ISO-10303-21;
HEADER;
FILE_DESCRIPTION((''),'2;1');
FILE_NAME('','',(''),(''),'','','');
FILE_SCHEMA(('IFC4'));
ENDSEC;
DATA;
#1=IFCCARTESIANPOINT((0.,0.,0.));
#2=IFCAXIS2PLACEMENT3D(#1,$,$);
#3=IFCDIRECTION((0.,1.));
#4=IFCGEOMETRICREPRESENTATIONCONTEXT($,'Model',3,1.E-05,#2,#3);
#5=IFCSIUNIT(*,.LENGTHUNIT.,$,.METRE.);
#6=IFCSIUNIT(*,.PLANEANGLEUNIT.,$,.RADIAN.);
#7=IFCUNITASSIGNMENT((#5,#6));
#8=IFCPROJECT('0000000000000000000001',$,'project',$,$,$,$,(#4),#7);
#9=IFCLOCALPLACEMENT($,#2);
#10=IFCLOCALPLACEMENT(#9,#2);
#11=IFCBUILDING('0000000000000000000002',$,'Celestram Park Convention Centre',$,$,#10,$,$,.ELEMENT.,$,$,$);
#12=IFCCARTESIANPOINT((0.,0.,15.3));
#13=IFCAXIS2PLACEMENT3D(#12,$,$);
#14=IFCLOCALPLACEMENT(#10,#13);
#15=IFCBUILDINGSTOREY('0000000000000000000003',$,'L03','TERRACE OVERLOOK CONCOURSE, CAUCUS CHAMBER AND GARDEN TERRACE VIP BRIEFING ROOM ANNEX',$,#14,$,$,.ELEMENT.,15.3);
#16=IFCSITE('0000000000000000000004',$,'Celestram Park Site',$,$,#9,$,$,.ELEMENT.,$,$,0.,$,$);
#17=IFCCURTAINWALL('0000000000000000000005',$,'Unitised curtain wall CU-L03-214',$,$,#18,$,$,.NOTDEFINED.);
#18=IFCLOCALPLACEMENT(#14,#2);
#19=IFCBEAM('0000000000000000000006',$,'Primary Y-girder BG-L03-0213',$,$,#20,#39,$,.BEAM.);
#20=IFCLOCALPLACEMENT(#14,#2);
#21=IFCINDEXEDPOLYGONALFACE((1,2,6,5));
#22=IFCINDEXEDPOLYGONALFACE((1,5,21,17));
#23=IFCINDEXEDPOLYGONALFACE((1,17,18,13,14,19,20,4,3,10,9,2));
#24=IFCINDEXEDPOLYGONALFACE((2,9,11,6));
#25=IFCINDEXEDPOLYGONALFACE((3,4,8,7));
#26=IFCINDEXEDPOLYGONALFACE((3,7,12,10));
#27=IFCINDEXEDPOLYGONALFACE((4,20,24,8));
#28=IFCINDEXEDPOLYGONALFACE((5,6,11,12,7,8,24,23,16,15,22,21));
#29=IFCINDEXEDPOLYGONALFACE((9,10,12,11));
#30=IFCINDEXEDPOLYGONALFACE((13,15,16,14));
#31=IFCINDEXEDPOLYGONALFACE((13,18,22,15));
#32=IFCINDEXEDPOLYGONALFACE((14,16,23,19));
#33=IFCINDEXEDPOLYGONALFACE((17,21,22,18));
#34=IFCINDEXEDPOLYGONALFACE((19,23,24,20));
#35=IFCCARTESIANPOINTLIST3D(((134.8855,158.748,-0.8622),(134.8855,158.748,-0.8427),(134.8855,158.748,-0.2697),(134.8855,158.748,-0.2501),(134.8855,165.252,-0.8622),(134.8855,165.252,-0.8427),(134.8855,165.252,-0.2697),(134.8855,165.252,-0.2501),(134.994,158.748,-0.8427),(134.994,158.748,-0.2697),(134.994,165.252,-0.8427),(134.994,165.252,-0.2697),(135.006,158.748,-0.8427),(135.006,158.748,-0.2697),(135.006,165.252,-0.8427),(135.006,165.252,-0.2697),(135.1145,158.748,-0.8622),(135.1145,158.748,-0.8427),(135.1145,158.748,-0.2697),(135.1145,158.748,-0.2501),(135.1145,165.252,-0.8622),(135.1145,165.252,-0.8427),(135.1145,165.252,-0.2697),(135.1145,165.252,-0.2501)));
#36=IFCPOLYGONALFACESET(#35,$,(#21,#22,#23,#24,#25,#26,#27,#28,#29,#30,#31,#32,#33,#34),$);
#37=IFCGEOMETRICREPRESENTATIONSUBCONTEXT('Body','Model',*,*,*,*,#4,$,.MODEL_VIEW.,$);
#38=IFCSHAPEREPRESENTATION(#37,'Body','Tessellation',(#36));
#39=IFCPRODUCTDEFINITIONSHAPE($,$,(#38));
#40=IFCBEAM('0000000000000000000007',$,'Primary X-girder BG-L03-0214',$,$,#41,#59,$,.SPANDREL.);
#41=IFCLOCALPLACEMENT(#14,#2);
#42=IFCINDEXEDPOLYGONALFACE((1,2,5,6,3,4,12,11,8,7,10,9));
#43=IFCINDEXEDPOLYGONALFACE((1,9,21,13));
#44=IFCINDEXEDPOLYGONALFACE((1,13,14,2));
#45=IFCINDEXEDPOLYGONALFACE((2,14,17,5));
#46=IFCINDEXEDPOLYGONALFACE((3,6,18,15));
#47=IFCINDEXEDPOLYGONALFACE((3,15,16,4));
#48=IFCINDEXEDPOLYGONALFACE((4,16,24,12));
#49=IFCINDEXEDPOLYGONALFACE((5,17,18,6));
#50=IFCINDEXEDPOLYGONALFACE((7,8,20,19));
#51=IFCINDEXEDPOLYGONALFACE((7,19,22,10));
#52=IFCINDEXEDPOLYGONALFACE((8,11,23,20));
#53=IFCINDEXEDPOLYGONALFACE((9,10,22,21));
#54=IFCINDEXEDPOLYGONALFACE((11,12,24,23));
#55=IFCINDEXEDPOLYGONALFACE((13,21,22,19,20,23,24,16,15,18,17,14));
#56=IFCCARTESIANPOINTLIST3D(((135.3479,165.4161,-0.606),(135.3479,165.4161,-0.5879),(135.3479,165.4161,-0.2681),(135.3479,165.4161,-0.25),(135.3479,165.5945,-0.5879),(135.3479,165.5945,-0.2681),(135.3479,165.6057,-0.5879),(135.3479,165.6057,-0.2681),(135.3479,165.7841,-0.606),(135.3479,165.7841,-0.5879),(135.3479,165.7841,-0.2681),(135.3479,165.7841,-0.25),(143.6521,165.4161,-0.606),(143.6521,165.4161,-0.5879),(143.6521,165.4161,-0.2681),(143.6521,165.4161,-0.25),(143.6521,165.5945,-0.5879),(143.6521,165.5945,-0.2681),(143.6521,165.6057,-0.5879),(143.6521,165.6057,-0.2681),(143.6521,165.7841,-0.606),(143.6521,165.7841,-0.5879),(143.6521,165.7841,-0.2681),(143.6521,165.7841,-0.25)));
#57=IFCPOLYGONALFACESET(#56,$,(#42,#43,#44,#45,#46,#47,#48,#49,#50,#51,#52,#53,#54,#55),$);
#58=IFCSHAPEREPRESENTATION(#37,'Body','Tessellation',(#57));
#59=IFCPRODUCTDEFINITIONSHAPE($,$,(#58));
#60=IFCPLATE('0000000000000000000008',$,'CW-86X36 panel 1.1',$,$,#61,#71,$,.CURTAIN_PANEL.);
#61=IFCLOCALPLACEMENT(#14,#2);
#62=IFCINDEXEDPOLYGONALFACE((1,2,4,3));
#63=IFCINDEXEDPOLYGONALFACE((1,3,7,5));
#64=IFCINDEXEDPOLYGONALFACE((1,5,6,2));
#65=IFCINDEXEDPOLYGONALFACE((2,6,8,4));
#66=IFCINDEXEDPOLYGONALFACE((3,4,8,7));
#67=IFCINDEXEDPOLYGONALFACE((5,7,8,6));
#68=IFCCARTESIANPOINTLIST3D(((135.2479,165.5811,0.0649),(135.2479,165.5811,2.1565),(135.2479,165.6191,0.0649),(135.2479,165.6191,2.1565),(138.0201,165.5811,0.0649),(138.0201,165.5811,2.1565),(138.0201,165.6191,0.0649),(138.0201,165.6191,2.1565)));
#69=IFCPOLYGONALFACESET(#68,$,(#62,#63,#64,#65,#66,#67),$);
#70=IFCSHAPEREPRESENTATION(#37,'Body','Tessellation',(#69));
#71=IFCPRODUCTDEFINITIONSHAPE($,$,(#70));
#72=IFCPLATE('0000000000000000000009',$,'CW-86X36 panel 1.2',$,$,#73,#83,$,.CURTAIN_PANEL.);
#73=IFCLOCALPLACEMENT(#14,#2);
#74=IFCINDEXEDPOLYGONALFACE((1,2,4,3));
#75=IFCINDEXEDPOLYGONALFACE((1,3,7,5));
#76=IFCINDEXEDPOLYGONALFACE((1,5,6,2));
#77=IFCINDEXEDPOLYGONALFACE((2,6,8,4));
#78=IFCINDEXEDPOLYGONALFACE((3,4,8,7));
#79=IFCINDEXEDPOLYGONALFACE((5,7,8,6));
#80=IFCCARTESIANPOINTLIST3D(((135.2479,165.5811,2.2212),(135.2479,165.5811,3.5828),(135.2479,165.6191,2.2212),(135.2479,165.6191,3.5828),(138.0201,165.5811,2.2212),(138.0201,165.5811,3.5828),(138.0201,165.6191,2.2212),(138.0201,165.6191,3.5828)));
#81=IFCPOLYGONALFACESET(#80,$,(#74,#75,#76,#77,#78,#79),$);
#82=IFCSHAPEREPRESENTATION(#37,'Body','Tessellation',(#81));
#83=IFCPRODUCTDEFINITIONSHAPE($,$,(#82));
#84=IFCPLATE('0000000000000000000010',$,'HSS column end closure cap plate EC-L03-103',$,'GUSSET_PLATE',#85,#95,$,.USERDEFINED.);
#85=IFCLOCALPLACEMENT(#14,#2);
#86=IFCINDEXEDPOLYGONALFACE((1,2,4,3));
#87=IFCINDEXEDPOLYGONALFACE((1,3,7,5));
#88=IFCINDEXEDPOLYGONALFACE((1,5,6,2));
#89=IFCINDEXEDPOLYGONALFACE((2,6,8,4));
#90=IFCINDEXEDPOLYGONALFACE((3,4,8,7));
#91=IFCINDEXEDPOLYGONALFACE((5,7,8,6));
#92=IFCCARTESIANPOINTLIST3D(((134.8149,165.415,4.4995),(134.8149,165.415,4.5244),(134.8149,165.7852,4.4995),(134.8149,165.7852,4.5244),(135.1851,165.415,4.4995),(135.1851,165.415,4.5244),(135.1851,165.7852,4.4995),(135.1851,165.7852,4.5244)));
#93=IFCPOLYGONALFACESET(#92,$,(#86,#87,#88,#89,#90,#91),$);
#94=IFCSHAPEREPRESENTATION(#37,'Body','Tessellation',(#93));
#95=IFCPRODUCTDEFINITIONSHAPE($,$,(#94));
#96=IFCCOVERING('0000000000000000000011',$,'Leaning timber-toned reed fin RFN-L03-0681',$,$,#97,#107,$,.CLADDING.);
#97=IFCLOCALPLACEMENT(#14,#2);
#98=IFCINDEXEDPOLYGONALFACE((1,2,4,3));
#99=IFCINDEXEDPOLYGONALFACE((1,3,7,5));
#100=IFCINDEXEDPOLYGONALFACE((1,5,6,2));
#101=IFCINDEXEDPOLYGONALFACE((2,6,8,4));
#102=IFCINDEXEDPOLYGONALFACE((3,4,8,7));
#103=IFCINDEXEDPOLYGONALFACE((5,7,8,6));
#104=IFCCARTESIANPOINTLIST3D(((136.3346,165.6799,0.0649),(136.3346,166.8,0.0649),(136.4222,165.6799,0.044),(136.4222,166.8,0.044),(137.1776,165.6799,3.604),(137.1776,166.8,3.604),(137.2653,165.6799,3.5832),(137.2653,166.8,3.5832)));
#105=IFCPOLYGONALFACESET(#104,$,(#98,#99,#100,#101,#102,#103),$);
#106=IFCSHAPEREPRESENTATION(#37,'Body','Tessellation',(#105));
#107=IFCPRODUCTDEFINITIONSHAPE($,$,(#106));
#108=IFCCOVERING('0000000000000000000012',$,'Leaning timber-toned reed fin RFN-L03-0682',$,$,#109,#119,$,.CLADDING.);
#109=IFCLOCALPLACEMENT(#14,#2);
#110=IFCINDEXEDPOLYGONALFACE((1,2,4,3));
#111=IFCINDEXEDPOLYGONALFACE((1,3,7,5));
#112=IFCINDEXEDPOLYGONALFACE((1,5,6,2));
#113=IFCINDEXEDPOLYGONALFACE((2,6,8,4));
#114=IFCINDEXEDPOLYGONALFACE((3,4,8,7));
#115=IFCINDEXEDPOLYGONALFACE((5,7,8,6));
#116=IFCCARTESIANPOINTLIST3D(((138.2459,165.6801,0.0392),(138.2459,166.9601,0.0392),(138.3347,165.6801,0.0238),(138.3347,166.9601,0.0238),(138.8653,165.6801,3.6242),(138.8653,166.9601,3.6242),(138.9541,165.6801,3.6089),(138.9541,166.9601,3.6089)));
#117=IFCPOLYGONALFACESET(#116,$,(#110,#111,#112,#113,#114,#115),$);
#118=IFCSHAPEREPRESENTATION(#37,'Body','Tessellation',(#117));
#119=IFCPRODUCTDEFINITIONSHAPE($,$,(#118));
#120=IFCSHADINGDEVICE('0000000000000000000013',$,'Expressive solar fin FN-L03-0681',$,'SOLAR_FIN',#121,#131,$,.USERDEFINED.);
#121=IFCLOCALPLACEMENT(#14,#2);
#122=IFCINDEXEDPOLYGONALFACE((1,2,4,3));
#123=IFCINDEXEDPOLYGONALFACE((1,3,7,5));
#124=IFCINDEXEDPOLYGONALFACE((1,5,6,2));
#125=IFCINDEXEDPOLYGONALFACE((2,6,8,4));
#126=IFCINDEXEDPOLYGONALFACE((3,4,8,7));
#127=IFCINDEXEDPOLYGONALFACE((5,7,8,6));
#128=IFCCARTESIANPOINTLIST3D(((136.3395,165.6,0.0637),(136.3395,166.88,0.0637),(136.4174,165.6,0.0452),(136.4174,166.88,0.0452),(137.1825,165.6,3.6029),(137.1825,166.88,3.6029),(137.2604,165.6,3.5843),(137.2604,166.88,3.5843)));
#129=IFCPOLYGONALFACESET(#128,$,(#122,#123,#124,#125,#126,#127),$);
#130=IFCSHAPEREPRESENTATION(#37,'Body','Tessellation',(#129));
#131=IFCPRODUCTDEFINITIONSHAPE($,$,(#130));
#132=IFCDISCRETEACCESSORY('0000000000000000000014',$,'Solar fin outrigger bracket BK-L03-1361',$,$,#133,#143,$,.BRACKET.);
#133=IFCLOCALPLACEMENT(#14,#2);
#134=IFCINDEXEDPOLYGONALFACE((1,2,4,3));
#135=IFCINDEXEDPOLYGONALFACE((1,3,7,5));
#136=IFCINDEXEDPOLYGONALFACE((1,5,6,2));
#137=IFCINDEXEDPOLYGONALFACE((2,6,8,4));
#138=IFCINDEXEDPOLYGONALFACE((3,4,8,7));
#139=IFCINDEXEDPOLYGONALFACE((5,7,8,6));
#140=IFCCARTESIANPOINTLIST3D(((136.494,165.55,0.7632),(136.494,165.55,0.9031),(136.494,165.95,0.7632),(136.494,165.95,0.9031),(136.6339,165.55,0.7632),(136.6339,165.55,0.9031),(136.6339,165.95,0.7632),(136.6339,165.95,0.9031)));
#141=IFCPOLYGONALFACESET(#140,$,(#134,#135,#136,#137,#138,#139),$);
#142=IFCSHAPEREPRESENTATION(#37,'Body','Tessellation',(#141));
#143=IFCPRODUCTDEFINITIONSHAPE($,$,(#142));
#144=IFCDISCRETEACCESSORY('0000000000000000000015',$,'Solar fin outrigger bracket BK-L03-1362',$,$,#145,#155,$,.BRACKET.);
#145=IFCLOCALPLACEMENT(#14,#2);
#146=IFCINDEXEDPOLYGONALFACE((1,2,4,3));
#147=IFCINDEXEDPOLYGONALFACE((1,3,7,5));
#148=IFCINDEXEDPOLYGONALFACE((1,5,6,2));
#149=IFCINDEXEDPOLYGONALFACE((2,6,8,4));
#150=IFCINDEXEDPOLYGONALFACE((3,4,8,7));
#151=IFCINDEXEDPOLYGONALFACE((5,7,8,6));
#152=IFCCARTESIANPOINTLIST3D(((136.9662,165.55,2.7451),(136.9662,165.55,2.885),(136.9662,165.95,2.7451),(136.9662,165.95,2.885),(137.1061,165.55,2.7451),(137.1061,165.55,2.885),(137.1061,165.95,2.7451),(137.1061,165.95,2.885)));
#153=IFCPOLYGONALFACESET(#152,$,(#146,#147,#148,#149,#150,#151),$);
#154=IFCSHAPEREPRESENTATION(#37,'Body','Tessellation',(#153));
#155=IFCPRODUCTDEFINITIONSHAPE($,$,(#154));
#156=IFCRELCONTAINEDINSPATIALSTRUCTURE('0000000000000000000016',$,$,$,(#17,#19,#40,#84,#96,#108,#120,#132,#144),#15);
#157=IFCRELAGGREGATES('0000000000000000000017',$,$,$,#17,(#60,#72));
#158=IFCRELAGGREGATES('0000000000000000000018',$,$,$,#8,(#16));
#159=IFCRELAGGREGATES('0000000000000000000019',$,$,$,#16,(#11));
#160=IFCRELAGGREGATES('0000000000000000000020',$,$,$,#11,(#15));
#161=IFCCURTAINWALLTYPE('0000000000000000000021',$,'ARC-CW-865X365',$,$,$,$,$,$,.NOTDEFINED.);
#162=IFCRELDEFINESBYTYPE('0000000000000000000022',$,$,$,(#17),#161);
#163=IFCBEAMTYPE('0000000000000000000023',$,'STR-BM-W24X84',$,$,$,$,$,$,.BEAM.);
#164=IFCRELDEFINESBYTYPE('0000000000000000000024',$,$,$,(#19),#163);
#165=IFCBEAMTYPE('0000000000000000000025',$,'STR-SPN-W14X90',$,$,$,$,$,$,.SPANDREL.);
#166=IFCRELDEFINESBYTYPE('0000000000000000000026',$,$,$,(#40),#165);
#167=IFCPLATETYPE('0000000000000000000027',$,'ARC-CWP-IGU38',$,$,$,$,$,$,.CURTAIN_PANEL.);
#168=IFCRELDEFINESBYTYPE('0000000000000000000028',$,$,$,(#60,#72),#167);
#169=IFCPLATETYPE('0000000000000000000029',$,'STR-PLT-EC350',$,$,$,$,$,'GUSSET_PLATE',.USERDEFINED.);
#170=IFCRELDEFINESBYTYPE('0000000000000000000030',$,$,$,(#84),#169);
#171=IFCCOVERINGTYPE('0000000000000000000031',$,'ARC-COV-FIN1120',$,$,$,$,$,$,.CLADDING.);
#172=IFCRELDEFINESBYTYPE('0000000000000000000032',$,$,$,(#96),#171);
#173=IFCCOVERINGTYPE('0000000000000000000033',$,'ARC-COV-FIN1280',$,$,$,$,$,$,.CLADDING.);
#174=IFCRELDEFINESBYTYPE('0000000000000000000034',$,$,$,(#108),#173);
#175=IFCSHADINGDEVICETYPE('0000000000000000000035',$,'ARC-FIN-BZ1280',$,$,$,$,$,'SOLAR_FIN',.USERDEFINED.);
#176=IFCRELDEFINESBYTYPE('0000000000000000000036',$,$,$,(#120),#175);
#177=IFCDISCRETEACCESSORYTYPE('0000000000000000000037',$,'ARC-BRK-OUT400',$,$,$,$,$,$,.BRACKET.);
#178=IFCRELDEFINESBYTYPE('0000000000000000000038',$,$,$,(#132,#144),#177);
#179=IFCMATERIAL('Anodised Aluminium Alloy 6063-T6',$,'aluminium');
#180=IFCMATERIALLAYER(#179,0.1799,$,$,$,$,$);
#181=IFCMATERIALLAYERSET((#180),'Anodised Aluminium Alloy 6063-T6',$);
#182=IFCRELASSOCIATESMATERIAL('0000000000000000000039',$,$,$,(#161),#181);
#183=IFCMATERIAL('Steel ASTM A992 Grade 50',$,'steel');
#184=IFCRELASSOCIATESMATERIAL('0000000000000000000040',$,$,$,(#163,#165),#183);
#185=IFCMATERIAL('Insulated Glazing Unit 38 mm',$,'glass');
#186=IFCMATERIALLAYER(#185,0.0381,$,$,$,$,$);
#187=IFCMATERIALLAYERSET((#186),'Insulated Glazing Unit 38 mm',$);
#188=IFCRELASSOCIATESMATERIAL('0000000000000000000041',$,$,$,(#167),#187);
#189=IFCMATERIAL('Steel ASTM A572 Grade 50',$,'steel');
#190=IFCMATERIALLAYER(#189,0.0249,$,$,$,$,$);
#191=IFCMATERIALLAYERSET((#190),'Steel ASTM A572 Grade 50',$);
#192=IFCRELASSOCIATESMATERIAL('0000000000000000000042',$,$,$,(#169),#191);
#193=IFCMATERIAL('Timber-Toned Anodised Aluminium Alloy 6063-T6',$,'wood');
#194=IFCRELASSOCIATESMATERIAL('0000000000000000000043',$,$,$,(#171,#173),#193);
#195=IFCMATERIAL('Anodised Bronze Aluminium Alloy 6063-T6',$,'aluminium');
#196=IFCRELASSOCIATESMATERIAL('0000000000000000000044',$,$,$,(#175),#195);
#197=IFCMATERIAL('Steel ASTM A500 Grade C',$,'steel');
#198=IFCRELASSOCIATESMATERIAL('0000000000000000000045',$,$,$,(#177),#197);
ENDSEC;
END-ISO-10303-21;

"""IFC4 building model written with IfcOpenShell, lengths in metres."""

from ifc_helpers import new_model, si_unit, direction, frame, origin, origin_2d, place, context, subcontext, project, spatial, rectangle, i_section, extrude, material, layer, layer_set, material_profile, profile_set, type_object, element, aggregate, save


model = new_model("IFC4")

# Units and contexts
model_context = context("Model", 3, precision=1e-05, world=origin(), true_north=direction((0.0, 1.0)))
body_context = subcontext(model_context, "Body", "Model", "MODEL_VIEW")
ifc_project = project(units=[si_unit("LENGTHUNIT", "METRE"), si_unit("PLANEANGLEUNIT", "RADIAN")], contexts=[model_context])

# Site, building, storey
site_placement = place(None, origin())
site = spatial("IfcSite", under=ifc_project, at=site_placement, Name="Celestram Park Site", CompositionType="ELEMENT", RefElevation=0.0)
building_placement = place(site_placement, origin())
building = spatial("IfcBuilding", under=site, at=building_placement, Name="Celestram Park Convention Centre", CompositionType="ELEMENT")
storey_placement = place(building_placement, frame((0.0, 0.0, 15.3)))
storey = spatial("IfcBuildingStorey", under=building, at=storey_placement, Name="L03", Description="TERRACE OVERLOOK CONCOURSE, CAUCUS CHAMBER AND GARDEN TERRACE VIP BRIEFING ROOM ANNEX", CompositionType="ELEMENT", Elevation=15.3)

# Shared definitions
ifc_material_1 = material(Name="Steel ASTM A500 Grade C", Category="steel")

# Shared definitions
ifc_material_2 = material(Name="Anodised Aluminium Alloy 6063-T6", Category="aluminium")
ifc_layer_1 = layer(ifc_material_2, 0.1799)
ifc_layer_set_1 = layer_set([ifc_layer_1], Name="Anodised Aluminium Alloy 6063-T6")
curtain_wall_type = type_object("IfcCurtainWallType", Name="ARC-CW-865X365", PredefinedType="NOTDEFINED", material=ifc_layer_set_1)

# Curtain wall
curtain_wall_1_placement = place(storey_placement, origin())
curtain_wall_1 = element("IfcCurtainWall", 1, at=curtain_wall_1_placement, inside=storey, type_object=curtain_wall_type, Name="Unitised curtain wall CU-L03-214", PredefinedType="NOTDEFINED")

# Beams
ifc_material_3 = material(Name="Steel ASTM A992 Grade 50", Category="steel")
ifc_material_profile_1 = material_profile(ifc_material_3, i_section(OverallWidth=0.229, OverallDepth=0.6121, WebThickness=0.012, FlangeThickness=0.0195, at=origin_2d()), Name="W24X84")
ifc_profile_set_1 = profile_set([ifc_material_profile_1], Name="Steel ASTM A992 Grade 50")
beam_type_1 = type_object("IfcBeamType", Name="STR-BM-W24X84", PredefinedType="BEAM", material=ifc_profile_set_1)
beam_1_placement = place(storey_placement, frame((135.0, 158.748, -0.5562), z_axis=(0.0, 1.0, 0.0), x_axis=(-1.0, 0.0, 0.0)))
element("IfcBeam", 2, at=beam_1_placement, inside=storey, type_object=beam_type_1, Name="Primary Y-girder BG-L03-0213", PredefinedType="BEAM", context=body_context, shape_type="SweptSolid", body=[
    extrude(i_section(OverallWidth=0.229, OverallDepth=0.6121, WebThickness=0.012, FlangeThickness=0.0195, at=origin_2d()), origin(), (0.0, 0.0, 1.0), 6.5039),
])
ifc_material_profile_2 = material_profile(ifc_material_3, i_section(OverallWidth=0.3679, OverallDepth=0.356, WebThickness=0.0112, FlangeThickness=0.0181, at=origin_2d()), Name="W14X90")
ifc_profile_set_2 = profile_set([ifc_material_profile_2], Name="Steel ASTM A992 Grade 50")
beam_type_2 = type_object("IfcBeamType", Name="STR-SPN-W14X90", PredefinedType="SPANDREL", material=ifc_profile_set_2)
beam_2_placement = place(storey_placement, frame((135.3479, 165.6001, -0.428), z_axis=(1.0, 0.0, 0.0), x_axis=(0.0, 1.0, 0.0)))
element("IfcBeam", 3, at=beam_2_placement, inside=storey, type_object=beam_type_2, Name="Primary X-girder BG-L03-0214", PredefinedType="SPANDREL", context=body_context, shape_type="SweptSolid", body=[
    extrude(i_section(OverallWidth=0.3679, OverallDepth=0.356, WebThickness=0.0112, FlangeThickness=0.0181, at=origin_2d()), origin(), (0.0, 0.0, 1.0), 8.3042),
])

# Plates
ifc_material_4 = material(Name="Insulated Glazing Unit 38 mm", Category="glass")
ifc_layer_2 = layer(ifc_material_4, 0.0381)
ifc_layer_set_2 = layer_set([ifc_layer_2], Name="Insulated Glazing Unit 38 mm")
plate_type_1 = type_object("IfcPlateType", Name="ARC-CWP-IGU38", PredefinedType="CURTAIN_PANEL", material=ifc_layer_set_2)
plate_1_placement = place(storey_placement, frame((136.634, 165.6001, 0.0649), z_axis=(0.0, 0.0, 1.0), x_axis=(1.0, 0.0, 0.0)))
plate_1 = element("IfcPlate", 4, at=plate_1_placement, type_object=plate_type_1, Name="CW-86X36 panel 1.1", PredefinedType="CURTAIN_PANEL", context=body_context, shape_type="SweptSolid", body=[
    extrude(rectangle(XDim=2.7722, YDim=0.0381, at=origin_2d()), origin(), (0.0, 0.0, 1.0), 2.0916),
])
plate_2_placement = place(storey_placement, frame((136.634, 165.6001, 2.2212), z_axis=(0.0, 0.0, 1.0), x_axis=(1.0, 0.0, 0.0)))
plate_2 = element("IfcPlate", 5, at=plate_2_placement, type_object=plate_type_1, Name="CW-86X36 panel 1.2", PredefinedType="CURTAIN_PANEL", context=body_context, shape_type="SweptSolid", body=[
    extrude(rectangle(XDim=2.7722, YDim=0.0381, at=origin_2d()), origin(), (0.0, 0.0, 1.0), 1.3616),
])
aggregate(curtain_wall_1, [plate_1, plate_2])
ifc_material_5 = material(Name="Steel ASTM A572 Grade 50", Category="steel")
ifc_layer_3 = layer(ifc_material_5, 0.0249)
ifc_layer_set_3 = layer_set([ifc_layer_3], Name="Steel ASTM A572 Grade 50")
plate_type_2 = type_object("IfcPlateType", Name="STR-PLT-EC350", ElementType="GUSSET_PLATE", PredefinedType="USERDEFINED", material=ifc_layer_set_3)
plate_3_placement = place(storey_placement, frame((135.0, 165.6001, 4.4995), z_axis=(0.0, 0.0, 1.0), x_axis=(1.0, 0.0, 0.0)))
element("IfcPlate", 6, at=plate_3_placement, inside=storey, type_object=plate_type_2, Name="HSS column end closure cap plate EC-L03-103", ObjectType="GUSSET_PLATE", PredefinedType="USERDEFINED", context=body_context, shape_type="SweptSolid", body=[
    extrude(rectangle(XDim=0.3701, YDim=0.3701, at=origin_2d()), origin(), (0.0, 0.0, 1.0), 0.0249),
])

# Coverings
ifc_material_6 = material(Name="Timber-Toned Anodised Aluminium Alloy 6063-T6", Category="wood")
ifc_material_profile_3 = material_profile(ifc_material_6, rectangle(XDim=1.1201, YDim=0.0901, at=origin_2d()), Name="REED1120X90")
ifc_profile_set_3 = profile_set([ifc_material_profile_3], Name="Timber-Toned Anodised Aluminium Alloy 6063-T6")
covering_type_1 = type_object("IfcCoveringType", Name="ARC-COV-FIN1120", PredefinedType="CLADDING", material=ifc_profile_set_3)
covering_1_placement = place(storey_placement, frame((136.3784, 166.24, 0.0544), z_axis=(0.23172, 0.0, 0.972782), x_axis=(0.0, 1.0, 0.0)))
element("IfcCovering", 7, at=covering_1_placement, inside=storey, type_object=covering_type_1, Name="Leaning timber-toned reed fin RFN-L03-0681", PredefinedType="CLADDING", context=body_context, shape_type="SweptSolid", body=[
    extrude(rectangle(XDim=1.1201, YDim=0.0901, at=origin_2d()), origin(), (0.0, 0.0, 1.0), 3.6382),
])
ifc_material_profile_4 = material_profile(ifc_material_6, rectangle(XDim=1.28, YDim=0.0901, at=origin_2d()), Name="REED1280X90")
ifc_profile_set_4 = profile_set([ifc_material_profile_4], Name="Timber-Toned Anodised Aluminium Alloy 6063-T6")
covering_type_2 = type_object("IfcCoveringType", Name="ARC-COV-FIN1280", PredefinedType="CLADDING", material=ifc_profile_set_4)
covering_2_placement = place(storey_placement, frame((138.2903, 166.3201, 0.0315), z_axis=(0.170251, 0.0, 0.985401), x_axis=(0.0, 1.0, 0.0)))
element("IfcCovering", 8, at=covering_2_placement, inside=storey, type_object=covering_type_2, Name="Leaning timber-toned reed fin RFN-L03-0682", PredefinedType="CLADDING", context=body_context, shape_type="SweptSolid", body=[
    extrude(rectangle(XDim=1.28, YDim=0.0901, at=origin_2d()), origin(), (0.0, 0.0, 1.0), 3.6382),
])

# Shading device
ifc_material_7 = material(Name="Anodised Bronze Aluminium Alloy 6063-T6", Category="aluminium")
ifc_material_profile_5 = material_profile(ifc_material_7, rectangle(XDim=1.28, YDim=0.0801, at=origin_2d()), Name="FIN1280X80")
ifc_profile_set_5 = profile_set([ifc_material_profile_5], Name="Anodised Bronze Aluminium Alloy 6063-T6")
shading_device_type = type_object("IfcShadingDeviceType", Name="ARC-FIN-BZ1280", ElementType="SOLAR_FIN", PredefinedType="USERDEFINED", material=ifc_profile_set_5)
shading_device_placement = place(storey_placement, frame((136.3784, 166.24, 0.0544), z_axis=(0.23172, 0.0, 0.972782), x_axis=(0.0, 1.0, 0.0)))
element("IfcShadingDevice", 9, at=shading_device_placement, inside=storey, type_object=shading_device_type, Name="Expressive solar fin FN-L03-0681", ObjectType="SOLAR_FIN", PredefinedType="USERDEFINED", context=body_context, shape_type="SweptSolid", body=[
    extrude(rectangle(XDim=1.28, YDim=0.0801, at=origin_2d()), origin(), (0.0, 0.0, 1.0), 3.6382),
])

# Discrete accessories
discrete_accessory_type = type_object("IfcDiscreteAccessoryType", Name="ARC-BRK-OUT400", PredefinedType="BRACKET", material=ifc_material_1)
for number, where, z_axis, x_axis, name in (
    (10, (136.564, 165.75, 0.7632), (0.0, 0.0, 1.0), (0.0, 1.0, 0.0), "Solar fin outrigger bracket BK-L03-1361"),
    (11, (137.0361, 165.75, 2.7451), (0.0, 0.0, 1.0), (0.0, 1.0, 0.0), "Solar fin outrigger bracket BK-L03-1362"),
):
    element("IfcDiscreteAccessory", number, at=place(storey_placement, frame(where, z_axis=z_axis, x_axis=x_axis)), inside=storey, type_object=discrete_accessory_type, Name=name, PredefinedType="BRACKET", context=body_context, shape_type="SweptSolid", body=[
        extrude(rectangle(XDim=0.3999, YDim=0.1399, at=origin_2d()), origin(), (0.0, 0.0, 1.0), 0.1399),
    ])

save(model, "model.ifc")
